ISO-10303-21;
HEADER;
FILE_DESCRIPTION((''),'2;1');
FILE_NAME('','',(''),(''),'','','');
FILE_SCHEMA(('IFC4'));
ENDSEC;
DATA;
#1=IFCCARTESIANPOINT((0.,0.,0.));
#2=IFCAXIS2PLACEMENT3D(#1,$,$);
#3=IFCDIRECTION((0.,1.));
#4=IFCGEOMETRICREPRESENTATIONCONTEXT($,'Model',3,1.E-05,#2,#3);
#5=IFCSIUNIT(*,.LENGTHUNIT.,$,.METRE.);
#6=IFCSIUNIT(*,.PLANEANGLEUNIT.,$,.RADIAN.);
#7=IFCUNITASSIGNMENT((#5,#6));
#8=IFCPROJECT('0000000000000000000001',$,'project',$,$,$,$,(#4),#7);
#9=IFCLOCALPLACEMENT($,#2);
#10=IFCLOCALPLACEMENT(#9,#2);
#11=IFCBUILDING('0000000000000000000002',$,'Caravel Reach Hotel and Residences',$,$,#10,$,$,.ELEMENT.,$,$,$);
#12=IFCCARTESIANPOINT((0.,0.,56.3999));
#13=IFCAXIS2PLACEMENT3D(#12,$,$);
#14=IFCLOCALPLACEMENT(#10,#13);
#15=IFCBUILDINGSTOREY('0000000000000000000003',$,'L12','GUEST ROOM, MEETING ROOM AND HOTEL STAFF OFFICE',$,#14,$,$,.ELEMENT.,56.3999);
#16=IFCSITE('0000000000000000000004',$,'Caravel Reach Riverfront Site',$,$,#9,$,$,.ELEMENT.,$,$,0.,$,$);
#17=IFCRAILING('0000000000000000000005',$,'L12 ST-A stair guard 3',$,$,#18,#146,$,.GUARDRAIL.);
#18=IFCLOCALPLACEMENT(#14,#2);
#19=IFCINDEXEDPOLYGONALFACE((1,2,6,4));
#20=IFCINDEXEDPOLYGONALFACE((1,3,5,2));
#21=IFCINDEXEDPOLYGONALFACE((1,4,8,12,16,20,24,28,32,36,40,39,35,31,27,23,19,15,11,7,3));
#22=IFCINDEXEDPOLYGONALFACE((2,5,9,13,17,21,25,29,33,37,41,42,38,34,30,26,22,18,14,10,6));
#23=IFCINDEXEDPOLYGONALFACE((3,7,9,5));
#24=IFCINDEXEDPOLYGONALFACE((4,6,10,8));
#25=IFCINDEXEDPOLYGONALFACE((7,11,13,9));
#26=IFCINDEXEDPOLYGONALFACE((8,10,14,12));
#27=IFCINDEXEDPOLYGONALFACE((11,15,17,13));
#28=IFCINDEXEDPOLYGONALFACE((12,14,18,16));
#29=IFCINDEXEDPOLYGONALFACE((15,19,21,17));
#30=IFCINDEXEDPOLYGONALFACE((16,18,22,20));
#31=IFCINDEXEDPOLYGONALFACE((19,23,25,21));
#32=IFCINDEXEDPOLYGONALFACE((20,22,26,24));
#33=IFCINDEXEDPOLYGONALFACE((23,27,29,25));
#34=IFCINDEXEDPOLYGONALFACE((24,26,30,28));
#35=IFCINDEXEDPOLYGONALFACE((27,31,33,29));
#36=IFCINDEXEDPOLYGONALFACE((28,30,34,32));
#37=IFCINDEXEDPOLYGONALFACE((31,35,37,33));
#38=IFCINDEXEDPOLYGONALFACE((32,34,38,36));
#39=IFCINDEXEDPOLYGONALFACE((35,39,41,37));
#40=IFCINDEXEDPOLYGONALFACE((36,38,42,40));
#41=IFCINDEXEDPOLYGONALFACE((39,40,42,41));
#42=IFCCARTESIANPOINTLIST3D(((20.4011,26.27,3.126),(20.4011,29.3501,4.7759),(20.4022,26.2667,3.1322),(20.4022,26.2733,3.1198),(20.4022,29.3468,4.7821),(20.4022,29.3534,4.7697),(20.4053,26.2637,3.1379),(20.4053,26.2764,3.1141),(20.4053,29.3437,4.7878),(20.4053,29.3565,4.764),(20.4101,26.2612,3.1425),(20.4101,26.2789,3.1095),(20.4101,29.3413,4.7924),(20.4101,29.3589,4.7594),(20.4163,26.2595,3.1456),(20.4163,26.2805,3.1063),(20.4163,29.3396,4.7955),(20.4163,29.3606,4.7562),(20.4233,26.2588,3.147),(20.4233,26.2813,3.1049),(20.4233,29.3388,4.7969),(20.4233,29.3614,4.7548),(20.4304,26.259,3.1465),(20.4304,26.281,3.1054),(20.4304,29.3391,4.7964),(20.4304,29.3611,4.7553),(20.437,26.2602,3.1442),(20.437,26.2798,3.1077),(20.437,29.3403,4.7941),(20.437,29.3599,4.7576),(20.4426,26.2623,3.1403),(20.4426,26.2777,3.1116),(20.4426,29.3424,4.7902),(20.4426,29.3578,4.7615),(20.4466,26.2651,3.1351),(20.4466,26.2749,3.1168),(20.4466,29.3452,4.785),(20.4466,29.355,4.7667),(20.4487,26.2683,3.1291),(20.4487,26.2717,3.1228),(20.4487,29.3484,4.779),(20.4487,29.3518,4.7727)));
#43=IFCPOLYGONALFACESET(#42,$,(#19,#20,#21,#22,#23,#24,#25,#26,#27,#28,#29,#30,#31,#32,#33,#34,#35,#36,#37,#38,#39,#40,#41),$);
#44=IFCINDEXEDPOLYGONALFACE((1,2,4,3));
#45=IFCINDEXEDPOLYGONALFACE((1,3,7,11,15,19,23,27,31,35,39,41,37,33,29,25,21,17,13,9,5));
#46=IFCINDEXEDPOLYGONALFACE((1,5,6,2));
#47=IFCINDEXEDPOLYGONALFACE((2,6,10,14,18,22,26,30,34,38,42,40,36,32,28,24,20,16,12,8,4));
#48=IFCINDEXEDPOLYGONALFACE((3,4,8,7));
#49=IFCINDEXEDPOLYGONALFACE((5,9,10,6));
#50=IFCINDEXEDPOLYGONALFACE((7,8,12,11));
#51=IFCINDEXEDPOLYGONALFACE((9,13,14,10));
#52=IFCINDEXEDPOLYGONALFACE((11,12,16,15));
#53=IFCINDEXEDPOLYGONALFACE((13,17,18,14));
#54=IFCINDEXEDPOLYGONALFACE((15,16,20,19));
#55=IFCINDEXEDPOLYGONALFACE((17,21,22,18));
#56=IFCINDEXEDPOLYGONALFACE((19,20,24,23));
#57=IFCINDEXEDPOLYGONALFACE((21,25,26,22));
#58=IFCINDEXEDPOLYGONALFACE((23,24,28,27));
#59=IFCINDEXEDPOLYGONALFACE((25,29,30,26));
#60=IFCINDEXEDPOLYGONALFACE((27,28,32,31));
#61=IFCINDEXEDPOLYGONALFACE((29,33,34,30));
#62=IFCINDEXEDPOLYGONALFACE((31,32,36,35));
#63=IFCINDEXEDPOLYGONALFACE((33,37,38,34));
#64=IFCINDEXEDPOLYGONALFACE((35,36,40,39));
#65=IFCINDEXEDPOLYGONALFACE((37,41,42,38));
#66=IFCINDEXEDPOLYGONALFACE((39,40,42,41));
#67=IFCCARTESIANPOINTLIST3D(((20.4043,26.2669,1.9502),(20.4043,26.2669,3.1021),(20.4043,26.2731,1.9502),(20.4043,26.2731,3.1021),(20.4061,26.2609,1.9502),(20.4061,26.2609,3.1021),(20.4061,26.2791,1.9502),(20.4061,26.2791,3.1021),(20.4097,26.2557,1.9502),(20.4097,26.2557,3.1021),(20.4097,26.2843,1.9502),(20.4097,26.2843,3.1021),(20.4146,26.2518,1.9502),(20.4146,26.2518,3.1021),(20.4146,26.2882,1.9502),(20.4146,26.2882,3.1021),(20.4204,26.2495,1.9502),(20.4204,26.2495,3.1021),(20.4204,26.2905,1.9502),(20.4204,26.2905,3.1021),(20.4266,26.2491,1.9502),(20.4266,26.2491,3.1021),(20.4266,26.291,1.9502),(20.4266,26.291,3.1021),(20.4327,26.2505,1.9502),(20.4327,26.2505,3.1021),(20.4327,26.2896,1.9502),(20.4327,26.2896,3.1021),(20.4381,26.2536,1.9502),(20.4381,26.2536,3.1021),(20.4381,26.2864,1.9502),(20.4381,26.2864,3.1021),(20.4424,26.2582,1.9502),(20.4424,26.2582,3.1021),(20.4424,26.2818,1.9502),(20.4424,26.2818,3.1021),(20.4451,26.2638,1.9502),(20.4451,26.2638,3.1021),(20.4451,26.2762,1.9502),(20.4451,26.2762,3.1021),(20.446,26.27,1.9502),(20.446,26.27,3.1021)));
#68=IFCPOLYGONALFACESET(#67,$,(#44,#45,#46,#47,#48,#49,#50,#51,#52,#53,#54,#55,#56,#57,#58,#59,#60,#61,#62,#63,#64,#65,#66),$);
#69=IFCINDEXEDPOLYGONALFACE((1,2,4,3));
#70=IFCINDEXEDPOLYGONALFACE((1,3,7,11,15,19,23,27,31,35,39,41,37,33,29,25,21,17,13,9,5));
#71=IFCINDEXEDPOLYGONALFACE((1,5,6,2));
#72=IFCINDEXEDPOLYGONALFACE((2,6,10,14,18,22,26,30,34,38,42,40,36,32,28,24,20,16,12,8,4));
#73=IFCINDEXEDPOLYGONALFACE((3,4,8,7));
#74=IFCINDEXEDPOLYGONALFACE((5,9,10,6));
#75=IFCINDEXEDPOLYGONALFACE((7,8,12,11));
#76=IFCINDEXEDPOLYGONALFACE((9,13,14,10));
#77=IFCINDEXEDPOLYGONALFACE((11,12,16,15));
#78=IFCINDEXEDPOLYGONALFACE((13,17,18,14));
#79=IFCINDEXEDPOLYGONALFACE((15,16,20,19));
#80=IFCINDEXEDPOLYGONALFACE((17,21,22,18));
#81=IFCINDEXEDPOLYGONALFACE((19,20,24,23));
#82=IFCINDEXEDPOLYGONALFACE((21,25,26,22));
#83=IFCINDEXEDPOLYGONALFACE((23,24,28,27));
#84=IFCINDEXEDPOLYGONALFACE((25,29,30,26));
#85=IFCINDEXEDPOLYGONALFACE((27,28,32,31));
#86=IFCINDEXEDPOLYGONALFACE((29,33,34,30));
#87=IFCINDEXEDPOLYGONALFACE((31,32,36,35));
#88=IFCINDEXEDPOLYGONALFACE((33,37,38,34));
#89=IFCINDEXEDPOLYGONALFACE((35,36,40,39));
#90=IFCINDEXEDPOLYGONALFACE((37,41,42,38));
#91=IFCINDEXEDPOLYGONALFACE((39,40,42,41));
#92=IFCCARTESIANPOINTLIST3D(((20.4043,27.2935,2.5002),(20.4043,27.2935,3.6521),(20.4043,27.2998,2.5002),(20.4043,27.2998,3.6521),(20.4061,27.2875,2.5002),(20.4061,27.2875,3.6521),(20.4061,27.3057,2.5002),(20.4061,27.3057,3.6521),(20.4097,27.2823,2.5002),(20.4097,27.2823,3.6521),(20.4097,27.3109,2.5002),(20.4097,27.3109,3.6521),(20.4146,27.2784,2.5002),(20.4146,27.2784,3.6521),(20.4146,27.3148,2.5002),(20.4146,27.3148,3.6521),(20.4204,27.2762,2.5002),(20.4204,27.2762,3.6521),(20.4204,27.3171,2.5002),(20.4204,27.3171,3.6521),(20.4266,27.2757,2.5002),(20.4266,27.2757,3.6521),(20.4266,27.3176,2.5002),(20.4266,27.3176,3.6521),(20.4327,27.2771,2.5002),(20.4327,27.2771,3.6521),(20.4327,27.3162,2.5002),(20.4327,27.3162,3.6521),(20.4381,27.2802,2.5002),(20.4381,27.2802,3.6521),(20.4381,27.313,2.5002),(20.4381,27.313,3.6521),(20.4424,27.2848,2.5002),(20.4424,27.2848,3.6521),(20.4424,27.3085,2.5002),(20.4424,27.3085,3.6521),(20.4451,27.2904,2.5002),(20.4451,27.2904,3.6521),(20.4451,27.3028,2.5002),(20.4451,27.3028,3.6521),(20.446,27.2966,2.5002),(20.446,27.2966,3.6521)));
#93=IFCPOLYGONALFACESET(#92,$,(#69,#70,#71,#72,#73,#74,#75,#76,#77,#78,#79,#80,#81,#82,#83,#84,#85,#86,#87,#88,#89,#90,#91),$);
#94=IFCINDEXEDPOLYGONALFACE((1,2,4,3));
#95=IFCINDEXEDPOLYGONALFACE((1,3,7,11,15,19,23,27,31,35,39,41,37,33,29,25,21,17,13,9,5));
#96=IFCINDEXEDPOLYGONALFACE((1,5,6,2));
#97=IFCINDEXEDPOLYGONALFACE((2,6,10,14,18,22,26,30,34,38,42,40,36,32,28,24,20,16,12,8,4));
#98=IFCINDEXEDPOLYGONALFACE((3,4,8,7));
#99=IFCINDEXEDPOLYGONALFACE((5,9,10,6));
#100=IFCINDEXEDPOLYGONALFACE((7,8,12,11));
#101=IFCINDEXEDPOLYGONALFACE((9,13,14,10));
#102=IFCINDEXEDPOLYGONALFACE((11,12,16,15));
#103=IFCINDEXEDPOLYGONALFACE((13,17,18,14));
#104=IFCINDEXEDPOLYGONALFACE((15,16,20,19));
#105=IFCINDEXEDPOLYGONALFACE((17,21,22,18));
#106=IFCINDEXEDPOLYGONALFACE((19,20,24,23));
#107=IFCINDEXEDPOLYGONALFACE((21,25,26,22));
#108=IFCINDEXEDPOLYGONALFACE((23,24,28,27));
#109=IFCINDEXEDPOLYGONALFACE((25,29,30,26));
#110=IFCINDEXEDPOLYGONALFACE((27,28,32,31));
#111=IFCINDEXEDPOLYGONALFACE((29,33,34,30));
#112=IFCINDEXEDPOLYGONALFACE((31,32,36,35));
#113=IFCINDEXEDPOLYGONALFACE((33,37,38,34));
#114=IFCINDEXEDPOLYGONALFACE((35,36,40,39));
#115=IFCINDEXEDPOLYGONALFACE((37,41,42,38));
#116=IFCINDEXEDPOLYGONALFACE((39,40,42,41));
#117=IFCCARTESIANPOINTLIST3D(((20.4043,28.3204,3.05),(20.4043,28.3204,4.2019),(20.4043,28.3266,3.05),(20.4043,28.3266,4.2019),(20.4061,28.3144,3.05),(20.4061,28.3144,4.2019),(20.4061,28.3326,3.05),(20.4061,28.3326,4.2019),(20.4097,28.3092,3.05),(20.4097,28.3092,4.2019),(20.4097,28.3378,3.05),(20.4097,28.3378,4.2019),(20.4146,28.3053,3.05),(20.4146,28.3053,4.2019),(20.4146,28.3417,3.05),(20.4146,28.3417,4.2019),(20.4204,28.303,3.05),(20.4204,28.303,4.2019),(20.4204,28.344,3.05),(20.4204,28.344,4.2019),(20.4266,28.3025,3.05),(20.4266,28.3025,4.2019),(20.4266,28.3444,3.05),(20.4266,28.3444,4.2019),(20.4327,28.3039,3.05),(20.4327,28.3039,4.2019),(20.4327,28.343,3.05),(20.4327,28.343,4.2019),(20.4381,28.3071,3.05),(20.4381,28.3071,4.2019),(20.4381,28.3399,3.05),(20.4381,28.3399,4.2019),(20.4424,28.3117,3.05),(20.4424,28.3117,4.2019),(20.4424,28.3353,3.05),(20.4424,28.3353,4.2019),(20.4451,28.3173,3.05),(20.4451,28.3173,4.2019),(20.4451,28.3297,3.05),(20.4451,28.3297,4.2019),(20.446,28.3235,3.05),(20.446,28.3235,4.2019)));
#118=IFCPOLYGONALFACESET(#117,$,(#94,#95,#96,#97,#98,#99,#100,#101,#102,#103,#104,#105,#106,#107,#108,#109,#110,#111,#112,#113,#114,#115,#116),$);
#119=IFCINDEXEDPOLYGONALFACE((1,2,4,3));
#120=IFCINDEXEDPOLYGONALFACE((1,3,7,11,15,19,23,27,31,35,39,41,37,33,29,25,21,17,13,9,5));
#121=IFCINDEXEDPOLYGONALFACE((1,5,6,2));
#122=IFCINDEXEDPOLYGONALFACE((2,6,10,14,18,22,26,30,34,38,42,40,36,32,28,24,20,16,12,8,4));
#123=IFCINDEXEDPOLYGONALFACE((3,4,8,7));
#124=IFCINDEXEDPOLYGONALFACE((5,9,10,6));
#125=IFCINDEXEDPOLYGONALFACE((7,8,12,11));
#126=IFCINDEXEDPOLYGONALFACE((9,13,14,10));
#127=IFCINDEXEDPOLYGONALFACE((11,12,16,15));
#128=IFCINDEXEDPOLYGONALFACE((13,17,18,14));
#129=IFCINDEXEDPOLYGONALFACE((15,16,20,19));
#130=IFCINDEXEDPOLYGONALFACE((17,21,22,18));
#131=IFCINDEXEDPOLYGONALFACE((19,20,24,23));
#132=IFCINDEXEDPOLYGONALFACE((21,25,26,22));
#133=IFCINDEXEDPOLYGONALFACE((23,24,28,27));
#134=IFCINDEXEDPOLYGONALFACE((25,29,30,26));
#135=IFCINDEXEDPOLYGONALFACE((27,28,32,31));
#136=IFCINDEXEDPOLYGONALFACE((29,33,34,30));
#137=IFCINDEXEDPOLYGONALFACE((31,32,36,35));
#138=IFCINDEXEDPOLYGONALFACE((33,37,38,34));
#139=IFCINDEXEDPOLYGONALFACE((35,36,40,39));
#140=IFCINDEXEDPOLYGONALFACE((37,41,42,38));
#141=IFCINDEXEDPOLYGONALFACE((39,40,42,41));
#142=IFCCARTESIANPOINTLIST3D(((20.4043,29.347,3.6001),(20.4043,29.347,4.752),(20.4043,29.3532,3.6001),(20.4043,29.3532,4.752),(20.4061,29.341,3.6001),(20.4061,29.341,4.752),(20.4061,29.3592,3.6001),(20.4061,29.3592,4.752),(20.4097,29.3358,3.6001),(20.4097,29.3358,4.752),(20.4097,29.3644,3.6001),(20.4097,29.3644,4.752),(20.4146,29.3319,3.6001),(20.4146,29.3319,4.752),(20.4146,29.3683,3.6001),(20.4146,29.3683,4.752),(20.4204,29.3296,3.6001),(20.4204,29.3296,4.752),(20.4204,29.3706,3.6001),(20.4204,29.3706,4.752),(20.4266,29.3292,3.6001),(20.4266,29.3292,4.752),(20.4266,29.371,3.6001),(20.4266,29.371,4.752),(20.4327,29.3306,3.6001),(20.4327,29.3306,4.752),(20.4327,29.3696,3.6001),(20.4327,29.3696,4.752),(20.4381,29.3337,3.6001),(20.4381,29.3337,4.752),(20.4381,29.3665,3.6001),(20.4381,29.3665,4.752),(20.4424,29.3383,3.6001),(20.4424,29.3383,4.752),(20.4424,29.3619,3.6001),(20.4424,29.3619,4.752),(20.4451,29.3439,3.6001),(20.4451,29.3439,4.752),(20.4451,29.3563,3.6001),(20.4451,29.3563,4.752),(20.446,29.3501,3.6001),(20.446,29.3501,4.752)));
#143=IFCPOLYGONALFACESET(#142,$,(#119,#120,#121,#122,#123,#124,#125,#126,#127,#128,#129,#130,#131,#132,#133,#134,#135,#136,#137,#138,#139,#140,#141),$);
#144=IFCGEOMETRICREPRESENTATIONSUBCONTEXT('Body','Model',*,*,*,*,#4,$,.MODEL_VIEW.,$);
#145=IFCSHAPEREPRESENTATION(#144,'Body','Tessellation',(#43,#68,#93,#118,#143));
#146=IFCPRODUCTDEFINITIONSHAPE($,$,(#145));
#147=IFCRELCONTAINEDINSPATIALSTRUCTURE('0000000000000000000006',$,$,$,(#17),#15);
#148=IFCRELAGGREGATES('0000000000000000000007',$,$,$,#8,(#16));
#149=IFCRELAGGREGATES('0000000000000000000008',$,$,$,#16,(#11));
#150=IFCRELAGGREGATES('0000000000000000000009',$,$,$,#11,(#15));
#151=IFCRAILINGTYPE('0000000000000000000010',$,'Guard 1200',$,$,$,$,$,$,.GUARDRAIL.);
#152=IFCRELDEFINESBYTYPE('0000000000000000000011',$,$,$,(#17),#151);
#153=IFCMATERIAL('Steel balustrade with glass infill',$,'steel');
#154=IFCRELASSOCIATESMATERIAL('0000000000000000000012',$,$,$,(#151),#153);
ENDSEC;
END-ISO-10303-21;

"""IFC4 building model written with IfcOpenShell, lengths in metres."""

from ifc_helpers import new_model, si_unit, direction, frame, origin, origin_2d, place, context, subcontext, project, spatial, circle, extrude, material, type_object, element, save


model = new_model("IFC4")

# Units and contexts
model_context = context("Model", 3, precision=1e-05, world=origin(), true_north=direction((0.0, 1.0)))
body_context = subcontext(model_context, "Body", "Model", "MODEL_VIEW")
ifc_project = project(units=[si_unit("LENGTHUNIT", "METRE"), si_unit("PLANEANGLEUNIT", "RADIAN")], contexts=[model_context])

# Site, building, storey
site_placement = place(None, origin())
site = spatial("IfcSite", under=ifc_project, at=site_placement, Name="Caravel Reach Riverfront Site", CompositionType="ELEMENT", RefElevation=0.0)
building_placement = place(site_placement, origin())
building = spatial("IfcBuilding", under=site, at=building_placement, Name="Caravel Reach Hotel and Residences", CompositionType="ELEMENT")
storey_placement = place(building_placement, frame((0.0, 0.0, 56.3999)))
storey = spatial("IfcBuildingStorey", under=building, at=storey_placement, Name="L12", Description="GUEST ROOM, MEETING ROOM AND HOTEL STAFF OFFICE", CompositionType="ELEMENT", Elevation=56.3999)

# Railing
ifc_material_1 = material(Name="Steel balustrade with glass infill", Category="steel")
railing_type_1 = type_object("IfcRailingType", Name="Guard 1200", PredefinedType="GUARDRAIL", material=ifc_material_1)
railing_1_placement = place(storey_placement, frame((20.425, 26.27, 1.9502)))
element("IfcRailing", 1, at=railing_1_placement, inside=storey, type_object=railing_type_1, Name="L12 ST-A stair guard 3", PredefinedType="GUARDRAIL", context=body_context, shape_type="SweptSolid", body=[
    extrude(circle(Radius=0.0239, at=origin_2d()), frame((0.0, 0.0, 1.1758), z_axis=(0.0, 0.881497, 0.47219), x_axis=(-1.0, 0.0, 0.0)), (0.0, 0.0, 1.0), 3.4941),
    extrude(circle(Radius=0.021, at=origin_2d()), origin(), (0.0, 0.0, 1.0), 1.1519),
    extrude(circle(Radius=0.021, at=origin_2d()), frame((0.0, 1.0266, 0.55)), (0.0, 0.0, 1.0), 1.1519),
    extrude(circle(Radius=0.021, at=origin_2d()), frame((0.0, 2.0535, 1.0999)), (0.0, 0.0, 1.0), 1.1519),
    extrude(circle(Radius=0.021, at=origin_2d()), frame((0.0, 3.0801, 1.6499)), (0.0, 0.0, 1.0), 1.1519),
])

save(model, "model.ifc")
